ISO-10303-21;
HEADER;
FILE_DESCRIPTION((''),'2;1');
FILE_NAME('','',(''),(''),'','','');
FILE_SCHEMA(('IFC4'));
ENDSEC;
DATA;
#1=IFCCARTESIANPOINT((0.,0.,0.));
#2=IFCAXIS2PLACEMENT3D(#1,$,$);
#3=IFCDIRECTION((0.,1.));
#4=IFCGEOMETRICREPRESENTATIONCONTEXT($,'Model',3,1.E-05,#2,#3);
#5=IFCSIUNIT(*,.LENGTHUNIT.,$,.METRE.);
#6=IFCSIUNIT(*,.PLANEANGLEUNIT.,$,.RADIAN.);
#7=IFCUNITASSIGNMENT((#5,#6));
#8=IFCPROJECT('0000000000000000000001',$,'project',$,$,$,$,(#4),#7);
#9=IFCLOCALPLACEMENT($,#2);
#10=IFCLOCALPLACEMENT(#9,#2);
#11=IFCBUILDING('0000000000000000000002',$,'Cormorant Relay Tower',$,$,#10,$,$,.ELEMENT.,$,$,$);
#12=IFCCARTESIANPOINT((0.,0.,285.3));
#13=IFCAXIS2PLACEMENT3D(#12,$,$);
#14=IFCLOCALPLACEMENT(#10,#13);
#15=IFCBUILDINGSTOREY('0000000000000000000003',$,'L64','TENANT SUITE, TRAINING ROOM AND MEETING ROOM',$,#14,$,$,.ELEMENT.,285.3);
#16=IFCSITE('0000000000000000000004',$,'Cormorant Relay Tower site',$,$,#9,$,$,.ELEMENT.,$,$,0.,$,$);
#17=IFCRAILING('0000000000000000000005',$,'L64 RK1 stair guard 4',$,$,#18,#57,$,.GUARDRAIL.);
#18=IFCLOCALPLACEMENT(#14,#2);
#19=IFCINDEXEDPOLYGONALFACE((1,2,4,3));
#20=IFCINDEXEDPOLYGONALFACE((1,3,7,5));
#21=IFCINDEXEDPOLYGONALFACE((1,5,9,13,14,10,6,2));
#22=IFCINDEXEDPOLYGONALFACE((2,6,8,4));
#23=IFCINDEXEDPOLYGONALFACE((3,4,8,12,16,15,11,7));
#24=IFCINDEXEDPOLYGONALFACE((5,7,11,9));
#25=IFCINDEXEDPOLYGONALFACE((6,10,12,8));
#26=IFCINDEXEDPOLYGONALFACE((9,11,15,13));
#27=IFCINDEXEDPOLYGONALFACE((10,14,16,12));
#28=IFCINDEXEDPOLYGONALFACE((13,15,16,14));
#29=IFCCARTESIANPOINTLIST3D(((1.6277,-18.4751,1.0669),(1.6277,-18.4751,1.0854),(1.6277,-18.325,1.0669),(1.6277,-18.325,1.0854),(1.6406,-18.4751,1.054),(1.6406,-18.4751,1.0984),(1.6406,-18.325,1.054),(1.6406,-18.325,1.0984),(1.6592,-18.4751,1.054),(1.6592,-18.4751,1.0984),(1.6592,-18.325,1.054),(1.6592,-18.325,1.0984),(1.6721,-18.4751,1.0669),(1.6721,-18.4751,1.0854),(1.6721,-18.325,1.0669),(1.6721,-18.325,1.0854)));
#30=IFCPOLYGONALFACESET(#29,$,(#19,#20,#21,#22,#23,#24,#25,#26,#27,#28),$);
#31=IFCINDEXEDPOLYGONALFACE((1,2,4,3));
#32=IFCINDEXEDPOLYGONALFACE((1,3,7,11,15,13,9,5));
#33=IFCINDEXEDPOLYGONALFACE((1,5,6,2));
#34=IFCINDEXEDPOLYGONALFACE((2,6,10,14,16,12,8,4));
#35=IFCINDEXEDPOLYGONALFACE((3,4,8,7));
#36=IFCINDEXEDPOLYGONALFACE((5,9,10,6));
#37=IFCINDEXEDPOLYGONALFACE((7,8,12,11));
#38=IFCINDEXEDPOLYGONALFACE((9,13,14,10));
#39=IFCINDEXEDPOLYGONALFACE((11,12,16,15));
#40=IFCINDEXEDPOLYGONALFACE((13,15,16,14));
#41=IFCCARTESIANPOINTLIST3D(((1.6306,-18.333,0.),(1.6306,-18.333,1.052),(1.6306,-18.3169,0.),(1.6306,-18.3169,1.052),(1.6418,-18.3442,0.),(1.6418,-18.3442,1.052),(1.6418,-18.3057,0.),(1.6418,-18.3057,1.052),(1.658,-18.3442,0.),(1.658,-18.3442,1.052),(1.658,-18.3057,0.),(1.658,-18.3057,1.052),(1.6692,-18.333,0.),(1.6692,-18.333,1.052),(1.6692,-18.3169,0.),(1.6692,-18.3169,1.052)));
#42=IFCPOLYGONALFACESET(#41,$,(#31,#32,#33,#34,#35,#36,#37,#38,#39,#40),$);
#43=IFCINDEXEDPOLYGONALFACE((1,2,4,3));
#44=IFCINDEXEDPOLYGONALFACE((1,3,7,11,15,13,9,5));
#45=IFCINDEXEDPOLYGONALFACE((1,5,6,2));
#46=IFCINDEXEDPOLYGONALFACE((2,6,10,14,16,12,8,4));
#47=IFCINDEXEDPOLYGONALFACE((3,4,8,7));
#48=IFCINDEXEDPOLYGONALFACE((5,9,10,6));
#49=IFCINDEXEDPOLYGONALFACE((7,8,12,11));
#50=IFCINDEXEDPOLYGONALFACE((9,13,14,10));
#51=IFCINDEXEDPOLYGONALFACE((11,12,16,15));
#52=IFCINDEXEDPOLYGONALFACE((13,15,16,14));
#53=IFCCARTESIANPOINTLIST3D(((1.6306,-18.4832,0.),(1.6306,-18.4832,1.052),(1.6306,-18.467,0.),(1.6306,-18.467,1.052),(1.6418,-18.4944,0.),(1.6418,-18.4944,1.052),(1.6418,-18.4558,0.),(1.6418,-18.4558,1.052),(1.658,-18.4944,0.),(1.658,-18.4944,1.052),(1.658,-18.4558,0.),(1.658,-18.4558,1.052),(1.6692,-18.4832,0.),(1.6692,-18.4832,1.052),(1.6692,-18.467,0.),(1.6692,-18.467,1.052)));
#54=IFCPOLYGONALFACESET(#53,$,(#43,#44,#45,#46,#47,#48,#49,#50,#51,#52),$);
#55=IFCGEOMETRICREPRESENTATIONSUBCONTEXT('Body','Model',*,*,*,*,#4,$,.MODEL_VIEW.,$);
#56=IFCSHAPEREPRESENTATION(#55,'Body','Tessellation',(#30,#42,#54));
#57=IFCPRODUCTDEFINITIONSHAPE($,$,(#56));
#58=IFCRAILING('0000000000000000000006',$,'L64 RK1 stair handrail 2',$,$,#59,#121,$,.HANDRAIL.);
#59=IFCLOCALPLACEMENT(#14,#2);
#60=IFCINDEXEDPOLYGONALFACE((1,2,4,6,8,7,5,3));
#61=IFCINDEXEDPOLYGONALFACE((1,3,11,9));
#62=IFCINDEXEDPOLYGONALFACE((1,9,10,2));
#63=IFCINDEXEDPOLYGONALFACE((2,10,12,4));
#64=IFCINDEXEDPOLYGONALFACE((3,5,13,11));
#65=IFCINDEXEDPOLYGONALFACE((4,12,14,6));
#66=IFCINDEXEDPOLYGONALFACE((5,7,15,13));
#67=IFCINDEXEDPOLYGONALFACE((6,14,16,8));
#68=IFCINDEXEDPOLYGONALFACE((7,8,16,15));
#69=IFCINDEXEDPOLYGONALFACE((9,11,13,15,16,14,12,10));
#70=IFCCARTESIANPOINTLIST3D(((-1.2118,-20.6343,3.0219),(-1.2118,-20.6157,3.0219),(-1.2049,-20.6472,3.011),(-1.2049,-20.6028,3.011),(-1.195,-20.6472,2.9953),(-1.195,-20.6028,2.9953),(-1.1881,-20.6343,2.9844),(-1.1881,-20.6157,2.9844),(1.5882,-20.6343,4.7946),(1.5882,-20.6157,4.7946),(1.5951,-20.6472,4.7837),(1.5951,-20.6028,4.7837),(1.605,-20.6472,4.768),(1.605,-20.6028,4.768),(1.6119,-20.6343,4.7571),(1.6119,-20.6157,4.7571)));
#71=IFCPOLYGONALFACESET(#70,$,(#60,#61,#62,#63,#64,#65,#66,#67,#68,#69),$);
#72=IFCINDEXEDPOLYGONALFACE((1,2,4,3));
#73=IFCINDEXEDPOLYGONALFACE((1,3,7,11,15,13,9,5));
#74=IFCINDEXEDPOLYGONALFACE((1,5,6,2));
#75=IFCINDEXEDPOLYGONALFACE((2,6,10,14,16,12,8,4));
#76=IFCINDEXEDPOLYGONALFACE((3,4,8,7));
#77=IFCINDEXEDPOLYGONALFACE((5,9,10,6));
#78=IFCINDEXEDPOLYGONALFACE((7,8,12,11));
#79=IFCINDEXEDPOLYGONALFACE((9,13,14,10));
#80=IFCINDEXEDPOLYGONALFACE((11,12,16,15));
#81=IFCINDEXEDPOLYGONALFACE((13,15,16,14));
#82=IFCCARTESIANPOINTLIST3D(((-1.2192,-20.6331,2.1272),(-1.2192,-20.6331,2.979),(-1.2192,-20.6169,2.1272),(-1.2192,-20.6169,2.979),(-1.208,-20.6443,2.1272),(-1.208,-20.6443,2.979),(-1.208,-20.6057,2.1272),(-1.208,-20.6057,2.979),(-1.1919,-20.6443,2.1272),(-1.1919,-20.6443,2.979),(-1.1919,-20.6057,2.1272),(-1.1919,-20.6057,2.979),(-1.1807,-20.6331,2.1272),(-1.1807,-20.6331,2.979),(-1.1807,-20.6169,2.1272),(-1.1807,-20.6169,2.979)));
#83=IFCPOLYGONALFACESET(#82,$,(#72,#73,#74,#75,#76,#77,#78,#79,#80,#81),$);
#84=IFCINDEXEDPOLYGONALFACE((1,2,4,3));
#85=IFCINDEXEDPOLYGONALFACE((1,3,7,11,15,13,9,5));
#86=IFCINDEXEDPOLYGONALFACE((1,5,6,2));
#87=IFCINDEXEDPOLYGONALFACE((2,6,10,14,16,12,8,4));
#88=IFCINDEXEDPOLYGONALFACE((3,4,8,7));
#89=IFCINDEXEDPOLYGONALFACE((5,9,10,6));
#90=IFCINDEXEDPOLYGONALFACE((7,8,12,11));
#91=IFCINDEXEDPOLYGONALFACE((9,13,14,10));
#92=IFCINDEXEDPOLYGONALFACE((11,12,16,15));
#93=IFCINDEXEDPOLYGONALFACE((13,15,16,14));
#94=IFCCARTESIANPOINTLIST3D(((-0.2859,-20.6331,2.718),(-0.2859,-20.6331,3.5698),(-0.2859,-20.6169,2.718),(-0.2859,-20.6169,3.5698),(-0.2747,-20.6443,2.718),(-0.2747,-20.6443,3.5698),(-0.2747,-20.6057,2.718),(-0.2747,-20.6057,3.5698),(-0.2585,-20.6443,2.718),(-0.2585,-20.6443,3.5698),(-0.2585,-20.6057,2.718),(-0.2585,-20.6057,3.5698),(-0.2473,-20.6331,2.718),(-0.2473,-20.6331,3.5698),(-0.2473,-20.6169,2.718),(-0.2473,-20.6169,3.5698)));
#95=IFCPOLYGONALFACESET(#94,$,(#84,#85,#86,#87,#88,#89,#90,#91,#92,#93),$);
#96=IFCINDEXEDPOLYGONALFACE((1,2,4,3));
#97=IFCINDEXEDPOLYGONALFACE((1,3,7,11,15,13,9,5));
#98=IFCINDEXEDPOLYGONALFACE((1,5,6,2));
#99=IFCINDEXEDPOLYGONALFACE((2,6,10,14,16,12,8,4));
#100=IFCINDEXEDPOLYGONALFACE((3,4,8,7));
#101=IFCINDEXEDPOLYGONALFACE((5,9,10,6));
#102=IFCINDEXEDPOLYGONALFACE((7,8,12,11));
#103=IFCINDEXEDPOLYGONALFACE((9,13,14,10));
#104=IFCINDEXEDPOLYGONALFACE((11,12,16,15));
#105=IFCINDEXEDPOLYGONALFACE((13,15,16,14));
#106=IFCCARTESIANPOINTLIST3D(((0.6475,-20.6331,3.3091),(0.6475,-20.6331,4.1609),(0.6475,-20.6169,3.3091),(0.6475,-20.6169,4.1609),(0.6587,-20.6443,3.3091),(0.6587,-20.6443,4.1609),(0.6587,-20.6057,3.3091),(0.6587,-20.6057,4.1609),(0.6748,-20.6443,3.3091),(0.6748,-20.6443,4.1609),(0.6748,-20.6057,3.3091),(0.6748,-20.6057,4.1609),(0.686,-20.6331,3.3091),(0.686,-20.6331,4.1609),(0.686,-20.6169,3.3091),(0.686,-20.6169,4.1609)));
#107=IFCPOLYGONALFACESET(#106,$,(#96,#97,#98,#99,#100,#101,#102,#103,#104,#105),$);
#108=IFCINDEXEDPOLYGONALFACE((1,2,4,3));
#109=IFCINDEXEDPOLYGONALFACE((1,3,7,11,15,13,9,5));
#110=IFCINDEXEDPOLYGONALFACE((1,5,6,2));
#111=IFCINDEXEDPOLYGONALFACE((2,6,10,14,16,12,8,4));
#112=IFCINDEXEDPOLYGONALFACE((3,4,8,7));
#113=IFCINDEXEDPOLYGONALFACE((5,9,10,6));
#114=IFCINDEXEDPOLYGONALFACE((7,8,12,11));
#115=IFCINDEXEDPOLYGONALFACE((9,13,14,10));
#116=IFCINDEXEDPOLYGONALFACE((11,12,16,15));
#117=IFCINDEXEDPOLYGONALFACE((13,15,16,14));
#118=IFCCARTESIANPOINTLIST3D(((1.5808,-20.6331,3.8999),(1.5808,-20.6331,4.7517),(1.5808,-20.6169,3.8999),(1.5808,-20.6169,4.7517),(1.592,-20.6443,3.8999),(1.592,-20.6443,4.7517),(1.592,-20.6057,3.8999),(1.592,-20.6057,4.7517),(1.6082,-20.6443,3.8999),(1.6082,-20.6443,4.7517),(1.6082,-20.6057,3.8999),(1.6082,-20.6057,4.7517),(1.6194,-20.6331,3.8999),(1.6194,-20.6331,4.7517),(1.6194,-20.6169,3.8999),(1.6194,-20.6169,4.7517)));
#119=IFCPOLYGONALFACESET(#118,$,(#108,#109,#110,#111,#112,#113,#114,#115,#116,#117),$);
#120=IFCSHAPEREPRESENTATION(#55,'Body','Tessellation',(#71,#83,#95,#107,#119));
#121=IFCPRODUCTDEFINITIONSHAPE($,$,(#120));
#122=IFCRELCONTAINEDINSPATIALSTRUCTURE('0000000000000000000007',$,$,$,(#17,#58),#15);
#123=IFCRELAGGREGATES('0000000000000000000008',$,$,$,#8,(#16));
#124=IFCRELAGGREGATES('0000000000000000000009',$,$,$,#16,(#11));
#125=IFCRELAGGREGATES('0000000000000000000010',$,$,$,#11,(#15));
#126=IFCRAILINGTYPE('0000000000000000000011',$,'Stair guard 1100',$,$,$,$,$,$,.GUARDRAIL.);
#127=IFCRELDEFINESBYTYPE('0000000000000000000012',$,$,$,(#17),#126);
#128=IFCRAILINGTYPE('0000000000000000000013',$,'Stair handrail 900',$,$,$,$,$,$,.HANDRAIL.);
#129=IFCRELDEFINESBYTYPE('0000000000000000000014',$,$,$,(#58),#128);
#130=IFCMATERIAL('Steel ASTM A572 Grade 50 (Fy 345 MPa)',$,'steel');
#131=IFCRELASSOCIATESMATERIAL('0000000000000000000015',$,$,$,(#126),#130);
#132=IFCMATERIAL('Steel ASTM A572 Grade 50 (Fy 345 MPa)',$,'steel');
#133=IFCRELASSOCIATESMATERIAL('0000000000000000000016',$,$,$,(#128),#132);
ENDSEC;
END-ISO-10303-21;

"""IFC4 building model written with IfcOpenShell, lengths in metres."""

from ifc_helpers import new_model, si_unit, direction, frame, origin, place, context, subcontext, project, spatial, polyline, outline, extrude, material, type_object, element, save


model = new_model("IFC4")

# Units and contexts
model_context = context("Model", 3, precision=1e-05, world=origin(), true_north=direction((0.0, 1.0)))
body_context = subcontext(model_context, "Body", "Model", "MODEL_VIEW")
ifc_project = project(units=[si_unit("LENGTHUNIT", "METRE"), si_unit("PLANEANGLEUNIT", "RADIAN")], contexts=[model_context])

# Site, building, storey
site_placement = place(None, origin())
site = spatial("IfcSite", under=ifc_project, at=site_placement, Name="Cormorant Relay Tower site", CompositionType="ELEMENT", RefElevation=0.0)
building_placement = place(site_placement, origin())
building = spatial("IfcBuilding", under=site, at=building_placement, Name="Cormorant Relay Tower", CompositionType="ELEMENT")
storey_placement = place(building_placement, frame((0.0, 0.0, 285.3)))
storey = spatial("IfcBuildingStorey", under=building, at=storey_placement, Name="L64", Description="TENANT SUITE, TRAINING ROOM AND MEETING ROOM", CompositionType="ELEMENT", Elevation=285.3)

# Railings
ifc_material_1 = material(Name="Steel ASTM A572 Grade 50 (Fy 345 MPa)", Category="steel")
railing_type_1 = type_object("IfcRailingType", Name="Stair guard 1100", PredefinedType="GUARDRAIL", material=ifc_material_1)
railing_1_placement = place(storey_placement, frame((1.6499, -18.325, 0.0)))
element("IfcRailing", 1, at=railing_1_placement, inside=storey, type_object=railing_type_1, Name="L64 RK1 stair guard 4", PredefinedType="GUARDRAIL", context=body_context, shape_type="SweptSolid", body=[
    extrude(outline(polyline([(0.0222, 0.0093), (0.0093, 0.0222), (-0.0093, 0.0222), (-0.0222, 0.0093), (-0.0222, -0.0093), (-0.0093, -0.0222), (0.0093, -0.0222), (0.0222, -0.0093), (0.0222, 0.0093)])), frame((0.0, 0.0, 1.0762), z_axis=(0.0, -1.0, 0.0), x_axis=(1.0, 0.0, 0.0)), (0.0, 0.0, 1.0), 0.1501),
    extrude(outline(polyline([(0.0193, 0.0081), (0.0081, 0.0193), (-0.0081, 0.0193), (-0.0193, 0.0081), (-0.0193, -0.0081), (-0.0081, -0.0193), (0.0081, -0.0193), (0.0193, -0.0081), (0.0193, 0.0081)])), origin(), (0.0, 0.0, 1.0), 1.052),
    extrude(outline(polyline([(0.0193, 0.0081), (0.0081, 0.0193), (-0.0081, 0.0193), (-0.0193, 0.0081), (-0.0193, -0.0081), (-0.0081, -0.0193), (0.0081, -0.0193), (0.0193, -0.0081), (0.0193, 0.0081)])), frame((0.0, -0.1501, 0.0)), (0.0, 0.0, 1.0), 1.052),
])
ifc_material_2 = material(Name="Steel ASTM A572 Grade 50 (Fy 345 MPa)", Category="steel")
railing_type_2 = type_object("IfcRailingType", Name="Stair handrail 900", PredefinedType="HANDRAIL", material=ifc_material_2)
railing_2_placement = place(storey_placement, frame((-1.2, -20.625, 2.1272)))
element("IfcRailing", 2, at=railing_2_placement, inside=storey, type_object=railing_type_2, Name="L64 RK1 stair handrail 2", PredefinedType="HANDRAIL", context=body_context, shape_type="SweptSolid", body=[
    extrude(outline(polyline([(0.0222, 0.0093), (0.0093, 0.0222), (-0.0093, 0.0222), (-0.0222, 0.0093), (-0.0222, -0.0093), (-0.0093, -0.0222), (0.0093, -0.0222), (0.0222, -0.0093), (0.0222, 0.0093)])), frame((0.0, 0.0, 0.876), z_axis=(0.844909, 0.0, 0.53491), x_axis=(0.0, 1.0, 0.0)), (0.0, 0.0, 1.0), 3.314),
    extrude(outline(polyline([(0.0193, 0.0081), (0.0081, 0.0193), (-0.0081, 0.0193), (-0.0193, 0.0081), (-0.0193, -0.0081), (-0.0081, -0.0193), (0.0081, -0.0193), (0.0193, -0.0081), (0.0193, 0.0081)])), origin(), (0.0, 0.0, 1.0), 0.8518),
    extrude(outline(polyline([(0.0193, 0.0081), (0.0081, 0.0193), (-0.0081, 0.0193), (-0.0193, 0.0081), (-0.0193, -0.0081), (-0.0081, -0.0193), (0.0081, -0.0193), (0.0193, -0.0081), (0.0193, 0.0081)])), frame((0.9333, 0.0, 0.5908)), (0.0, 0.0, 1.0), 0.8518),
    extrude(outline(polyline([(0.0193, 0.0081), (0.0081, 0.0193), (-0.0081, 0.0193), (-0.0193, 0.0081), (-0.0193, -0.0081), (-0.0081, -0.0193), (0.0081, -0.0193), (0.0193, -0.0081), (0.0193, 0.0081)])), frame((1.8667, 0.0, 1.1819)), (0.0, 0.0, 1.0), 0.8518),
    extrude(outline(polyline([(0.0193, 0.0081), (0.0081, 0.0193), (-0.0081, 0.0193), (-0.0193, 0.0081), (-0.0193, -0.0081), (-0.0081, -0.0193), (0.0081, -0.0193), (0.0193, -0.0081), (0.0193, 0.0081)])), frame((2.8, 0.0, 1.7727)), (0.0, 0.0, 1.0), 0.8518),
])

save(model, "model.ifc")
